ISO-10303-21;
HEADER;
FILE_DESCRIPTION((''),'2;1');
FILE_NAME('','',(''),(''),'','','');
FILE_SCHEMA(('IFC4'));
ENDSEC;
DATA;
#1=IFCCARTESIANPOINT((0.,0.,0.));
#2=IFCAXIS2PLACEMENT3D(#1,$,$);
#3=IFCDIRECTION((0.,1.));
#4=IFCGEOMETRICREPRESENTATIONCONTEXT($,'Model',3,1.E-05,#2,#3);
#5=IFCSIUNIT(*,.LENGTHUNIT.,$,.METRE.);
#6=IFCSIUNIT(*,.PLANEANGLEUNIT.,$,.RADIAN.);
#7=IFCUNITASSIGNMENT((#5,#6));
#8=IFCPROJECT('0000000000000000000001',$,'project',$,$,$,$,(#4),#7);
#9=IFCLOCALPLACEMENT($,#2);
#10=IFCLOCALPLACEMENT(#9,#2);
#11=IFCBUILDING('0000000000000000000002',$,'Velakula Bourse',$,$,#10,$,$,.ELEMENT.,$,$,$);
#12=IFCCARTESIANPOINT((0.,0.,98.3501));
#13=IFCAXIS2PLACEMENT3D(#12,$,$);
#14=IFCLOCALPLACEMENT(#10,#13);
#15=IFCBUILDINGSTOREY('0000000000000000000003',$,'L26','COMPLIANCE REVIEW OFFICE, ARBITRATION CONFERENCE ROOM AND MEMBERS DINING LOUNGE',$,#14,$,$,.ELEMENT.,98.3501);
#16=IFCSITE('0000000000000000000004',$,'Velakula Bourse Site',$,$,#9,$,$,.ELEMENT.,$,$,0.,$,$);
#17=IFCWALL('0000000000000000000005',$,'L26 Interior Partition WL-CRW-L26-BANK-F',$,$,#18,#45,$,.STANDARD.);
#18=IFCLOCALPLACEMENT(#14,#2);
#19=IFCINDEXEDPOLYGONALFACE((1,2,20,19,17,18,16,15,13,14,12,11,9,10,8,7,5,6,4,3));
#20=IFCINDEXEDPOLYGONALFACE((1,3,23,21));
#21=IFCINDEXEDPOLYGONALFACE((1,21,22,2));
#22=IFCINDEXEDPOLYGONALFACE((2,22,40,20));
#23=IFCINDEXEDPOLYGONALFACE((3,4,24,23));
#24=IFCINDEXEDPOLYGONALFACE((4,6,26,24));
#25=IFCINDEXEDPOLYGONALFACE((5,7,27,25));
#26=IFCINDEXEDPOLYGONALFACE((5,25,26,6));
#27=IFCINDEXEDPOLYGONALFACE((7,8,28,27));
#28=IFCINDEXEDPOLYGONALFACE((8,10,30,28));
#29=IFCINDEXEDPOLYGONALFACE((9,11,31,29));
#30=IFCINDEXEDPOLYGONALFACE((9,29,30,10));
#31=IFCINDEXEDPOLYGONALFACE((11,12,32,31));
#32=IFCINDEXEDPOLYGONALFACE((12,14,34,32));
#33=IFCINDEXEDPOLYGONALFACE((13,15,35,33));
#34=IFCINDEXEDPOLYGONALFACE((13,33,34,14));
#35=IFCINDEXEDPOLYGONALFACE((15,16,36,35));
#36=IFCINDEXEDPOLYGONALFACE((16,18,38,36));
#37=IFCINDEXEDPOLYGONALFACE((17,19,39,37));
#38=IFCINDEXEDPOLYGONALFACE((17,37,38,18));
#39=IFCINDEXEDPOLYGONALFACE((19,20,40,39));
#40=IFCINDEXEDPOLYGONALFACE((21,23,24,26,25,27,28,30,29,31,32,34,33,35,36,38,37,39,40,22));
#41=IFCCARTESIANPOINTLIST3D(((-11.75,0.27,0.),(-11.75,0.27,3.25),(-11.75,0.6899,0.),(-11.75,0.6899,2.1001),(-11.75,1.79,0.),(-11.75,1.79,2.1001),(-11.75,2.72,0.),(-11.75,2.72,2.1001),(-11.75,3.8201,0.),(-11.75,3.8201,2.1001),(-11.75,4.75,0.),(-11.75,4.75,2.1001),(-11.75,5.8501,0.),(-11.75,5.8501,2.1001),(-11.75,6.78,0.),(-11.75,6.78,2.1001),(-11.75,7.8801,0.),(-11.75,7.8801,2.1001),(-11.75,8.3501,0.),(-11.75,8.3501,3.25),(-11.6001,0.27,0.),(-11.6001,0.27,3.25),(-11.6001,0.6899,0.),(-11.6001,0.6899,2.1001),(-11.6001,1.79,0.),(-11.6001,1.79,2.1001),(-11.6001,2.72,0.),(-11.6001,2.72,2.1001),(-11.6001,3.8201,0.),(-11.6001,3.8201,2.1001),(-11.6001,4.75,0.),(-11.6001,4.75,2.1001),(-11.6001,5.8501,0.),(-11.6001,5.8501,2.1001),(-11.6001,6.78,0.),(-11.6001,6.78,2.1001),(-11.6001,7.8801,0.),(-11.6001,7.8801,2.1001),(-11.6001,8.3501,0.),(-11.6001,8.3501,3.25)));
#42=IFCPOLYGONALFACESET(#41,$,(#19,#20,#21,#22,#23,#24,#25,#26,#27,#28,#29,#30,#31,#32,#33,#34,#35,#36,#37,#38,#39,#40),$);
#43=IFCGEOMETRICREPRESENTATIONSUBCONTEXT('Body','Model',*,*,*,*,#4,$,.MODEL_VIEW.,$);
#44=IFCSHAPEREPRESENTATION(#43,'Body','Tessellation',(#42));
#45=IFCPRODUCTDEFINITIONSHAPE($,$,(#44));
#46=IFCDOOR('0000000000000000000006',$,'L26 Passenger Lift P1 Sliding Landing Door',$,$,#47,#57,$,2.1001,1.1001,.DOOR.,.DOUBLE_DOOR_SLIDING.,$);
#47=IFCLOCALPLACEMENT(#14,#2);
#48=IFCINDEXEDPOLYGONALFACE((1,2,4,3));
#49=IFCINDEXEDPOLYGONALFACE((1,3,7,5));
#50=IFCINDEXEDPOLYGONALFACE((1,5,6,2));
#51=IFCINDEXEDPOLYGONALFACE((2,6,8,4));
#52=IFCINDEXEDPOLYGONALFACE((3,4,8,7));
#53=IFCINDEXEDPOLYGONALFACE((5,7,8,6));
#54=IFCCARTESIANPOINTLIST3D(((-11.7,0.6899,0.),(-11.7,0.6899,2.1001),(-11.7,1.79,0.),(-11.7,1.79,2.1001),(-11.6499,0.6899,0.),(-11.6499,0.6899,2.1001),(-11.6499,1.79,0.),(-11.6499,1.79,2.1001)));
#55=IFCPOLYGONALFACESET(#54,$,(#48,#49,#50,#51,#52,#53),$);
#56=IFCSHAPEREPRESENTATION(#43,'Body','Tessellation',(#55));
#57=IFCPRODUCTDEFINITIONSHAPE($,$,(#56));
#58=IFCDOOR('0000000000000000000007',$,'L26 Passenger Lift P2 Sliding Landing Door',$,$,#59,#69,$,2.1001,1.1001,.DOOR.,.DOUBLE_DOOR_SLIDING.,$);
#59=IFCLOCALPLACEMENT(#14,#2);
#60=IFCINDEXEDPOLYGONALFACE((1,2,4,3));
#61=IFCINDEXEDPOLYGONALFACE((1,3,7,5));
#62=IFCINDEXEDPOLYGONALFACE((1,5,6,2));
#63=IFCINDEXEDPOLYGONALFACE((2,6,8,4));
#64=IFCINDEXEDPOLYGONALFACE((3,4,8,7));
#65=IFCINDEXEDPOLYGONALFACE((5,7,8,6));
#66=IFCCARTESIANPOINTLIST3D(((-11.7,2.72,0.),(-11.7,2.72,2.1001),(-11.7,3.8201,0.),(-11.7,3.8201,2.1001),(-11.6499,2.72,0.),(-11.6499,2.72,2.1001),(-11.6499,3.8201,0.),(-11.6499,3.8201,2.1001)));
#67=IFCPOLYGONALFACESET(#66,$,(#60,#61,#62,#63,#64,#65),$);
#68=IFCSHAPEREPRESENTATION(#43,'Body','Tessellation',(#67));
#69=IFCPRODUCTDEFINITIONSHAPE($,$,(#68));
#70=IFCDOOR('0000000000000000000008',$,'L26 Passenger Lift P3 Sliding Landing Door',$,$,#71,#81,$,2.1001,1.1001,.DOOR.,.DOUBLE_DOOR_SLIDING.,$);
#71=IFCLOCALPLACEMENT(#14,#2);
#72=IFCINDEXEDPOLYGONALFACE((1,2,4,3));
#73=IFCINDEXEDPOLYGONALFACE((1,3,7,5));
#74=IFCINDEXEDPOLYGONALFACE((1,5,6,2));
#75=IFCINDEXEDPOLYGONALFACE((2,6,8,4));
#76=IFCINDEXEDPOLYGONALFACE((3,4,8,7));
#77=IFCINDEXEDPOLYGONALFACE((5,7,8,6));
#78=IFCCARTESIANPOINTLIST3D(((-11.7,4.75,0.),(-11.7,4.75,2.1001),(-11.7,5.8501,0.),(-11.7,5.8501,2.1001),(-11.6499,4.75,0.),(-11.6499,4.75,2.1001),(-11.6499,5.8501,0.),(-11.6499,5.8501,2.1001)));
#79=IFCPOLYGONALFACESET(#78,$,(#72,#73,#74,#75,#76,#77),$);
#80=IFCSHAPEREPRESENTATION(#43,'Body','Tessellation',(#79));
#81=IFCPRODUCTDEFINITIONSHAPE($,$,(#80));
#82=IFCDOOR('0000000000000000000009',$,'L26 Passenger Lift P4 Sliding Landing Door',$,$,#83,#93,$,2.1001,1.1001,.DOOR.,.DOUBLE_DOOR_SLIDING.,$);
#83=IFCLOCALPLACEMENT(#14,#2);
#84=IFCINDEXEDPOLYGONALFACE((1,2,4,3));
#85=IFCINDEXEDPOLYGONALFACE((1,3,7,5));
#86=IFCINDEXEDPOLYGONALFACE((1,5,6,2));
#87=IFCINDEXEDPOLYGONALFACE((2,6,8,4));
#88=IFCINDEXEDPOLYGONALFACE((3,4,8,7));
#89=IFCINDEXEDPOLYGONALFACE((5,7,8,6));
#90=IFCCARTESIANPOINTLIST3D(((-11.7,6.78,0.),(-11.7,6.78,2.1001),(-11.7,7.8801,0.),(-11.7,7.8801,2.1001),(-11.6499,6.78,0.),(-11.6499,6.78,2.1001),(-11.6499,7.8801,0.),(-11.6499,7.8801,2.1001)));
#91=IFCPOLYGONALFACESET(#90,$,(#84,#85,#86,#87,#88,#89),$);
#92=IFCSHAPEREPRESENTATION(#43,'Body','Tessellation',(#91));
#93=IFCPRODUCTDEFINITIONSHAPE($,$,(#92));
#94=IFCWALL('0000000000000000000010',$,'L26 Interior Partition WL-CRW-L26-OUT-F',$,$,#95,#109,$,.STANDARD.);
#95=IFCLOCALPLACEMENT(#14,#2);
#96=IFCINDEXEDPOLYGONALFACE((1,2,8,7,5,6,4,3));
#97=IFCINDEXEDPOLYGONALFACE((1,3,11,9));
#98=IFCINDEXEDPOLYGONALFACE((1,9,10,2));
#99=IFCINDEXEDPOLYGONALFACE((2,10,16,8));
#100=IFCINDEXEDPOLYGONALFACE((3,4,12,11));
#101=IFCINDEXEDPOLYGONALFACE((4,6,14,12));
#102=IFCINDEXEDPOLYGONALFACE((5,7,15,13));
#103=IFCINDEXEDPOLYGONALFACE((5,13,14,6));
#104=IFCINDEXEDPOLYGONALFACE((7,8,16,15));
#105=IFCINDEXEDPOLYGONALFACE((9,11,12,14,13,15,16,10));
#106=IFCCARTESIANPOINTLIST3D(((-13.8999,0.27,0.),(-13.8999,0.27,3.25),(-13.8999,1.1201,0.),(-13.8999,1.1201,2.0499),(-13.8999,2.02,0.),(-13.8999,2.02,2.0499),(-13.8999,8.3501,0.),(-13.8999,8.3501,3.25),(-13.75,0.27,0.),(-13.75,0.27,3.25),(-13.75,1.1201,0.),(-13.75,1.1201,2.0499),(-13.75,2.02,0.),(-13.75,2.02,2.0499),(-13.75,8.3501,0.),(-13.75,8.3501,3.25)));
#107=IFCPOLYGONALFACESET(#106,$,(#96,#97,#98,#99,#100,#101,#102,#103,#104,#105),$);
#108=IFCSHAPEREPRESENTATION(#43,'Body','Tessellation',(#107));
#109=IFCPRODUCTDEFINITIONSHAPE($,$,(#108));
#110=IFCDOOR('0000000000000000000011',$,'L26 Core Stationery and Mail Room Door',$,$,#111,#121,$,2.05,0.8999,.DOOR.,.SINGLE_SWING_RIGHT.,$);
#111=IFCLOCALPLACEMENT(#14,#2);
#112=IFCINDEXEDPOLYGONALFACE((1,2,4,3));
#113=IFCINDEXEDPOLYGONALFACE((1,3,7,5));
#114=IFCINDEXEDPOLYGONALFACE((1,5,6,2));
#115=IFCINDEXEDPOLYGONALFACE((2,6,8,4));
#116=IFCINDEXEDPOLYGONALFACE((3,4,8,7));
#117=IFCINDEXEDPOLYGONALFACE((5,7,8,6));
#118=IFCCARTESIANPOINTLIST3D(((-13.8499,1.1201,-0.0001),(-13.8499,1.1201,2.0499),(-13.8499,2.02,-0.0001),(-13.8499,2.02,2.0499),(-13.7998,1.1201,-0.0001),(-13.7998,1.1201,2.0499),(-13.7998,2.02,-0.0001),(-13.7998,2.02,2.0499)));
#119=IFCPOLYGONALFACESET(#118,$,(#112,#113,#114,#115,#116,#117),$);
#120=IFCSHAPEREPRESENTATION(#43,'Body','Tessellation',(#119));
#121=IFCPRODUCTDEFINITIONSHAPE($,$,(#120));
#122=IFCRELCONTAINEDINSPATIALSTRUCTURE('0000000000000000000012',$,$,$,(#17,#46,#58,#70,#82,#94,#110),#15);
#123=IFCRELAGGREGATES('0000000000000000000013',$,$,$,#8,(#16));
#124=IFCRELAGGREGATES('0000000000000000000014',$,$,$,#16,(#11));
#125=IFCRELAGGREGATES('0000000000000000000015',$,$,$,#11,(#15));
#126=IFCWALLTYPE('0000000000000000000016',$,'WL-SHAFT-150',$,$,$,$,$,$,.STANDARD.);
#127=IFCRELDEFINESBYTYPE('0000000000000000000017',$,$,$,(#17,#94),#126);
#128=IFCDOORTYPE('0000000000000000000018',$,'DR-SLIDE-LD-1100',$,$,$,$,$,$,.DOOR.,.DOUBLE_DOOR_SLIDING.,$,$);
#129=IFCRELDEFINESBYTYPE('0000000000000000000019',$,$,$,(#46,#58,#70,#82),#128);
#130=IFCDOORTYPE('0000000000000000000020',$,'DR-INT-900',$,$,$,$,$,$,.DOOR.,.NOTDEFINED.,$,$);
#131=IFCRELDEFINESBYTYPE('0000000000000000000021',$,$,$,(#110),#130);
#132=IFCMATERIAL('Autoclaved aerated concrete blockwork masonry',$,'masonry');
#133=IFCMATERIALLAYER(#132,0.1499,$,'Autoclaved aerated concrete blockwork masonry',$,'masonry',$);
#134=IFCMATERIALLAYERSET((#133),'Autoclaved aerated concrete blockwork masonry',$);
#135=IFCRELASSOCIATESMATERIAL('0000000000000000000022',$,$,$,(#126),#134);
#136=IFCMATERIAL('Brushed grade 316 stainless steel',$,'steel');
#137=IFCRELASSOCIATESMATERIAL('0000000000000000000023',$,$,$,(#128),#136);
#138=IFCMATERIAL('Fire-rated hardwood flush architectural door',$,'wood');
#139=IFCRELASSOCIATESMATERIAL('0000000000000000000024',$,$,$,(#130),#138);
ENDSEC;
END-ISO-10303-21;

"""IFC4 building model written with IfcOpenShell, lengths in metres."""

from ifc_helpers import new_model, si_unit, direction, frame, frame_2d, origin, place, context, subcontext, project, spatial, rectangle, extrude, material, layer, layer_set, type_object, element, fill, save


model = new_model("IFC4")

# Units and contexts
model_context = context("Model", 3, precision=1e-05, world=origin(), true_north=direction((0.0, 1.0)))
body_context = subcontext(model_context, "Body", "Model", "MODEL_VIEW")
ifc_project = project(units=[si_unit("LENGTHUNIT", "METRE"), si_unit("PLANEANGLEUNIT", "RADIAN")], contexts=[model_context])

# Site, building, storey
site_placement = place(None, origin())
site = spatial("IfcSite", under=ifc_project, at=site_placement, Name="Velakula Bourse Site", CompositionType="ELEMENT", RefElevation=0.0)
building_placement = place(site_placement, origin())
building = spatial("IfcBuilding", under=site, at=building_placement, Name="Velakula Bourse", CompositionType="ELEMENT")
storey_placement = place(building_placement, frame((0.0, 0.0, 98.3501)))
storey = spatial("IfcBuildingStorey", under=building, at=storey_placement, Name="L26", Description="COMPLIANCE REVIEW OFFICE, ARBITRATION CONFERENCE ROOM AND MEMBERS DINING LOUNGE", CompositionType="ELEMENT", Elevation=98.3501)

# Shared definitions
ifc_material_1 = material(Name="Fire-rated hardwood flush architectural door", Category="wood")

# Shared definitions
ifc_material_2 = material(Name="Autoclaved aerated concrete blockwork masonry", Category="masonry")
ifc_layer_1 = layer(ifc_material_2, 0.1499, Name="Autoclaved aerated concrete blockwork masonry", Category="masonry")
ifc_layer_set_1 = layer_set([ifc_layer_1], Name="Autoclaved aerated concrete blockwork masonry")
wall_type_1 = type_object("IfcWallType", Name="WL-SHAFT-150", PredefinedType="STANDARD", material=ifc_layer_set_1)

# Wall, openings, doors
wall_1_placement = place(storey_placement, frame((-11.675, 0.27, 0.0), z_axis=(0.0, 0.0, 1.0), x_axis=(0.0, 1.0, 0.0)))
wall_1 = element("IfcWall", 1, at=wall_1_placement, inside=storey, type_object=wall_type_1, Name="L26 Interior Partition WL-CRW-L26-BANK-F", PredefinedType="STANDARD", context=body_context, shape_type="SweptSolid", body=[
    extrude(rectangle(XDim=8.0801, YDim=0.1499, at=frame_2d((4.04, 0.0))), origin(), (0.0, 0.0, 1.0), 3.25),
])
opening_1_placement = place(wall_1_placement, frame((0.4199, 0.0, 0.0)))
opening_1 = element("IfcOpeningElement", 2, at=opening_1_placement, cuts=wall_1, PredefinedType="OPENING", context=body_context, shape_type="SweptSolid", body=[
    extrude(rectangle(XDim=1.1001, YDim=2.1001, at=frame_2d((0.55, 1.05))), frame((0.0, 0.085, 0.0), z_axis=(0.0, -1.0, 0.0), x_axis=(1.0, 0.0, 0.0)), (0.0, 0.0, 1.0), 0.1699),
])
opening_2_placement = place(wall_1_placement, frame((2.45, 0.0, 0.0)))
opening_2 = element("IfcOpeningElement", 3, at=opening_2_placement, cuts=wall_1, PredefinedType="OPENING", context=body_context, shape_type="SweptSolid", body=[
    extrude(rectangle(XDim=1.1001, YDim=2.1001, at=frame_2d((0.55, 1.05))), frame((0.0, 0.085, 0.0), z_axis=(0.0, -1.0, 0.0), x_axis=(1.0, 0.0, 0.0)), (0.0, 0.0, 1.0), 0.1699),
])
opening_3_placement = place(wall_1_placement, frame((4.48, 0.0, 0.0)))
opening_3 = element("IfcOpeningElement", 4, at=opening_3_placement, cuts=wall_1, PredefinedType="OPENING", context=body_context, shape_type="SweptSolid", body=[
    extrude(rectangle(XDim=1.1001, YDim=2.1001, at=frame_2d((0.55, 1.05))), frame((0.0, 0.085, 0.0), z_axis=(0.0, -1.0, 0.0), x_axis=(1.0, 0.0, 0.0)), (0.0, 0.0, 1.0), 0.1699),
])
opening_4_placement = place(wall_1_placement, frame((6.51, 0.0, 0.0)))
opening_4 = element("IfcOpeningElement", 5, at=opening_4_placement, cuts=wall_1, PredefinedType="OPENING", context=body_context, shape_type="SweptSolid", body=[
    extrude(rectangle(XDim=1.1001, YDim=2.1001, at=frame_2d((0.55, 1.05))), frame((0.0, 0.085, 0.0), z_axis=(0.0, -1.0, 0.0), x_axis=(1.0, 0.0, 0.0)), (0.0, 0.0, 1.0), 0.1699),
])
ifc_material_3 = material(Name="Brushed grade 316 stainless steel", Category="steel")
door_type_1 = type_object("IfcDoorType", Name="DR-SLIDE-LD-1100", OperationType="DOUBLE_DOOR_SLIDING", PredefinedType="DOOR", material=ifc_material_3)
door_1_placement = place(opening_1_placement, origin())
door_1 = element("IfcDoor", 6, at=door_1_placement, inside=storey, type_object=door_type_1, Name="L26 Passenger Lift P1 Sliding Landing Door", OperationType="DOUBLE_DOOR_SLIDING", OverallHeight=2.1001, OverallWidth=1.1001, PredefinedType="DOOR", context=body_context, shape_type="SweptSolid", body=[
    extrude(rectangle(XDim=1.1001, YDim=2.1001, at=frame_2d((0.55, 1.05))), frame((0.0, 0.0249, 0.0), z_axis=(0.0, -1.0, 0.0), x_axis=(1.0, 0.0, 0.0)), (0.0, 0.0, 1.0), 0.05),
])
fill(opening_1, door_1)
door_2_placement = place(opening_2_placement, origin())
door_2 = element("IfcDoor", 7, at=door_2_placement, inside=storey, type_object=door_type_1, Name="L26 Passenger Lift P2 Sliding Landing Door", OperationType="DOUBLE_DOOR_SLIDING", OverallHeight=2.1001, OverallWidth=1.1001, PredefinedType="DOOR", context=body_context, shape_type="SweptSolid", body=[
    extrude(rectangle(XDim=1.1001, YDim=2.1001, at=frame_2d((0.55, 1.05))), frame((0.0, 0.0249, 0.0), z_axis=(0.0, -1.0, 0.0), x_axis=(1.0, 0.0, 0.0)), (0.0, 0.0, 1.0), 0.05),
])
fill(opening_2, door_2)
door_3_placement = place(opening_3_placement, origin())
door_3 = element("IfcDoor", 8, at=door_3_placement, inside=storey, type_object=door_type_1, Name="L26 Passenger Lift P3 Sliding Landing Door", OperationType="DOUBLE_DOOR_SLIDING", OverallHeight=2.1001, OverallWidth=1.1001, PredefinedType="DOOR", context=body_context, shape_type="SweptSolid", body=[
    extrude(rectangle(XDim=1.1001, YDim=2.1001, at=frame_2d((0.55, 1.05))), frame((0.0, 0.0249, 0.0), z_axis=(0.0, -1.0, 0.0), x_axis=(1.0, 0.0, 0.0)), (0.0, 0.0, 1.0), 0.05),
])
fill(opening_3, door_3)
door_4_placement = place(opening_4_placement, origin())
door_4 = element("IfcDoor", 9, at=door_4_placement, inside=storey, type_object=door_type_1, Name="L26 Passenger Lift P4 Sliding Landing Door", OperationType="DOUBLE_DOOR_SLIDING", OverallHeight=2.1001, OverallWidth=1.1001, PredefinedType="DOOR", context=body_context, shape_type="SweptSolid", body=[
    extrude(rectangle(XDim=1.1001, YDim=2.1001, at=frame_2d((0.55, 1.05))), frame((0.0, 0.0249, 0.0), z_axis=(0.0, -1.0, 0.0), x_axis=(1.0, 0.0, 0.0)), (0.0, 0.0, 1.0), 0.05),
])
fill(opening_4, door_4)

# Wall, opening, door
wall_2_placement = place(storey_placement, frame((-13.825, 0.27, 0.0), z_axis=(0.0, 0.0, 1.0), x_axis=(0.0, 1.0, 0.0)))
wall_2 = element("IfcWall", 10, at=wall_2_placement, inside=storey, type_object=wall_type_1, Name="L26 Interior Partition WL-CRW-L26-OUT-F", PredefinedType="STANDARD", context=body_context, shape_type="SweptSolid", body=[
    extrude(rectangle(XDim=8.0801, YDim=0.1499, at=frame_2d((4.04, 0.0))), origin(), (0.0, 0.0, 1.0), 3.25),
])
opening_5_placement = place(wall_2_placement, frame((0.8501, 0.0, 0.0)))
opening_5 = element("IfcOpeningElement", 11, at=opening_5_placement, cuts=wall_2, PredefinedType="OPENING", context=body_context, shape_type="SweptSolid", body=[
    extrude(rectangle(XDim=0.8999, YDim=2.05, at=frame_2d((0.45, 1.0249))), frame((0.0, 0.085, 0.0), z_axis=(0.0, -1.0, 0.0), x_axis=(1.0, 0.0, 0.0)), (0.0, 0.0, 1.0), 0.1699),
])
door_type_2 = type_object("IfcDoorType", Name="DR-INT-900", OperationType="NOTDEFINED", PredefinedType="DOOR", material=ifc_material_1)
door_5_placement = place(opening_5_placement, origin())
door_5 = element("IfcDoor", 12, at=door_5_placement, inside=storey, type_object=door_type_2, Name="L26 Core Stationery and Mail Room Door", OperationType="SINGLE_SWING_RIGHT", OverallHeight=2.05, OverallWidth=0.8999, PredefinedType="DOOR", context=body_context, shape_type="SweptSolid", body=[
    extrude(rectangle(XDim=0.8999, YDim=2.05, at=frame_2d((0.45, 1.0249))), frame((0.0, 0.0249, 0.0), z_axis=(0.0, -1.0, 0.0), x_axis=(1.0, 0.0, 0.0)), (0.0, 0.0, 1.0), 0.05),
])
fill(opening_5, door_5)

save(model, "model.ifc")
